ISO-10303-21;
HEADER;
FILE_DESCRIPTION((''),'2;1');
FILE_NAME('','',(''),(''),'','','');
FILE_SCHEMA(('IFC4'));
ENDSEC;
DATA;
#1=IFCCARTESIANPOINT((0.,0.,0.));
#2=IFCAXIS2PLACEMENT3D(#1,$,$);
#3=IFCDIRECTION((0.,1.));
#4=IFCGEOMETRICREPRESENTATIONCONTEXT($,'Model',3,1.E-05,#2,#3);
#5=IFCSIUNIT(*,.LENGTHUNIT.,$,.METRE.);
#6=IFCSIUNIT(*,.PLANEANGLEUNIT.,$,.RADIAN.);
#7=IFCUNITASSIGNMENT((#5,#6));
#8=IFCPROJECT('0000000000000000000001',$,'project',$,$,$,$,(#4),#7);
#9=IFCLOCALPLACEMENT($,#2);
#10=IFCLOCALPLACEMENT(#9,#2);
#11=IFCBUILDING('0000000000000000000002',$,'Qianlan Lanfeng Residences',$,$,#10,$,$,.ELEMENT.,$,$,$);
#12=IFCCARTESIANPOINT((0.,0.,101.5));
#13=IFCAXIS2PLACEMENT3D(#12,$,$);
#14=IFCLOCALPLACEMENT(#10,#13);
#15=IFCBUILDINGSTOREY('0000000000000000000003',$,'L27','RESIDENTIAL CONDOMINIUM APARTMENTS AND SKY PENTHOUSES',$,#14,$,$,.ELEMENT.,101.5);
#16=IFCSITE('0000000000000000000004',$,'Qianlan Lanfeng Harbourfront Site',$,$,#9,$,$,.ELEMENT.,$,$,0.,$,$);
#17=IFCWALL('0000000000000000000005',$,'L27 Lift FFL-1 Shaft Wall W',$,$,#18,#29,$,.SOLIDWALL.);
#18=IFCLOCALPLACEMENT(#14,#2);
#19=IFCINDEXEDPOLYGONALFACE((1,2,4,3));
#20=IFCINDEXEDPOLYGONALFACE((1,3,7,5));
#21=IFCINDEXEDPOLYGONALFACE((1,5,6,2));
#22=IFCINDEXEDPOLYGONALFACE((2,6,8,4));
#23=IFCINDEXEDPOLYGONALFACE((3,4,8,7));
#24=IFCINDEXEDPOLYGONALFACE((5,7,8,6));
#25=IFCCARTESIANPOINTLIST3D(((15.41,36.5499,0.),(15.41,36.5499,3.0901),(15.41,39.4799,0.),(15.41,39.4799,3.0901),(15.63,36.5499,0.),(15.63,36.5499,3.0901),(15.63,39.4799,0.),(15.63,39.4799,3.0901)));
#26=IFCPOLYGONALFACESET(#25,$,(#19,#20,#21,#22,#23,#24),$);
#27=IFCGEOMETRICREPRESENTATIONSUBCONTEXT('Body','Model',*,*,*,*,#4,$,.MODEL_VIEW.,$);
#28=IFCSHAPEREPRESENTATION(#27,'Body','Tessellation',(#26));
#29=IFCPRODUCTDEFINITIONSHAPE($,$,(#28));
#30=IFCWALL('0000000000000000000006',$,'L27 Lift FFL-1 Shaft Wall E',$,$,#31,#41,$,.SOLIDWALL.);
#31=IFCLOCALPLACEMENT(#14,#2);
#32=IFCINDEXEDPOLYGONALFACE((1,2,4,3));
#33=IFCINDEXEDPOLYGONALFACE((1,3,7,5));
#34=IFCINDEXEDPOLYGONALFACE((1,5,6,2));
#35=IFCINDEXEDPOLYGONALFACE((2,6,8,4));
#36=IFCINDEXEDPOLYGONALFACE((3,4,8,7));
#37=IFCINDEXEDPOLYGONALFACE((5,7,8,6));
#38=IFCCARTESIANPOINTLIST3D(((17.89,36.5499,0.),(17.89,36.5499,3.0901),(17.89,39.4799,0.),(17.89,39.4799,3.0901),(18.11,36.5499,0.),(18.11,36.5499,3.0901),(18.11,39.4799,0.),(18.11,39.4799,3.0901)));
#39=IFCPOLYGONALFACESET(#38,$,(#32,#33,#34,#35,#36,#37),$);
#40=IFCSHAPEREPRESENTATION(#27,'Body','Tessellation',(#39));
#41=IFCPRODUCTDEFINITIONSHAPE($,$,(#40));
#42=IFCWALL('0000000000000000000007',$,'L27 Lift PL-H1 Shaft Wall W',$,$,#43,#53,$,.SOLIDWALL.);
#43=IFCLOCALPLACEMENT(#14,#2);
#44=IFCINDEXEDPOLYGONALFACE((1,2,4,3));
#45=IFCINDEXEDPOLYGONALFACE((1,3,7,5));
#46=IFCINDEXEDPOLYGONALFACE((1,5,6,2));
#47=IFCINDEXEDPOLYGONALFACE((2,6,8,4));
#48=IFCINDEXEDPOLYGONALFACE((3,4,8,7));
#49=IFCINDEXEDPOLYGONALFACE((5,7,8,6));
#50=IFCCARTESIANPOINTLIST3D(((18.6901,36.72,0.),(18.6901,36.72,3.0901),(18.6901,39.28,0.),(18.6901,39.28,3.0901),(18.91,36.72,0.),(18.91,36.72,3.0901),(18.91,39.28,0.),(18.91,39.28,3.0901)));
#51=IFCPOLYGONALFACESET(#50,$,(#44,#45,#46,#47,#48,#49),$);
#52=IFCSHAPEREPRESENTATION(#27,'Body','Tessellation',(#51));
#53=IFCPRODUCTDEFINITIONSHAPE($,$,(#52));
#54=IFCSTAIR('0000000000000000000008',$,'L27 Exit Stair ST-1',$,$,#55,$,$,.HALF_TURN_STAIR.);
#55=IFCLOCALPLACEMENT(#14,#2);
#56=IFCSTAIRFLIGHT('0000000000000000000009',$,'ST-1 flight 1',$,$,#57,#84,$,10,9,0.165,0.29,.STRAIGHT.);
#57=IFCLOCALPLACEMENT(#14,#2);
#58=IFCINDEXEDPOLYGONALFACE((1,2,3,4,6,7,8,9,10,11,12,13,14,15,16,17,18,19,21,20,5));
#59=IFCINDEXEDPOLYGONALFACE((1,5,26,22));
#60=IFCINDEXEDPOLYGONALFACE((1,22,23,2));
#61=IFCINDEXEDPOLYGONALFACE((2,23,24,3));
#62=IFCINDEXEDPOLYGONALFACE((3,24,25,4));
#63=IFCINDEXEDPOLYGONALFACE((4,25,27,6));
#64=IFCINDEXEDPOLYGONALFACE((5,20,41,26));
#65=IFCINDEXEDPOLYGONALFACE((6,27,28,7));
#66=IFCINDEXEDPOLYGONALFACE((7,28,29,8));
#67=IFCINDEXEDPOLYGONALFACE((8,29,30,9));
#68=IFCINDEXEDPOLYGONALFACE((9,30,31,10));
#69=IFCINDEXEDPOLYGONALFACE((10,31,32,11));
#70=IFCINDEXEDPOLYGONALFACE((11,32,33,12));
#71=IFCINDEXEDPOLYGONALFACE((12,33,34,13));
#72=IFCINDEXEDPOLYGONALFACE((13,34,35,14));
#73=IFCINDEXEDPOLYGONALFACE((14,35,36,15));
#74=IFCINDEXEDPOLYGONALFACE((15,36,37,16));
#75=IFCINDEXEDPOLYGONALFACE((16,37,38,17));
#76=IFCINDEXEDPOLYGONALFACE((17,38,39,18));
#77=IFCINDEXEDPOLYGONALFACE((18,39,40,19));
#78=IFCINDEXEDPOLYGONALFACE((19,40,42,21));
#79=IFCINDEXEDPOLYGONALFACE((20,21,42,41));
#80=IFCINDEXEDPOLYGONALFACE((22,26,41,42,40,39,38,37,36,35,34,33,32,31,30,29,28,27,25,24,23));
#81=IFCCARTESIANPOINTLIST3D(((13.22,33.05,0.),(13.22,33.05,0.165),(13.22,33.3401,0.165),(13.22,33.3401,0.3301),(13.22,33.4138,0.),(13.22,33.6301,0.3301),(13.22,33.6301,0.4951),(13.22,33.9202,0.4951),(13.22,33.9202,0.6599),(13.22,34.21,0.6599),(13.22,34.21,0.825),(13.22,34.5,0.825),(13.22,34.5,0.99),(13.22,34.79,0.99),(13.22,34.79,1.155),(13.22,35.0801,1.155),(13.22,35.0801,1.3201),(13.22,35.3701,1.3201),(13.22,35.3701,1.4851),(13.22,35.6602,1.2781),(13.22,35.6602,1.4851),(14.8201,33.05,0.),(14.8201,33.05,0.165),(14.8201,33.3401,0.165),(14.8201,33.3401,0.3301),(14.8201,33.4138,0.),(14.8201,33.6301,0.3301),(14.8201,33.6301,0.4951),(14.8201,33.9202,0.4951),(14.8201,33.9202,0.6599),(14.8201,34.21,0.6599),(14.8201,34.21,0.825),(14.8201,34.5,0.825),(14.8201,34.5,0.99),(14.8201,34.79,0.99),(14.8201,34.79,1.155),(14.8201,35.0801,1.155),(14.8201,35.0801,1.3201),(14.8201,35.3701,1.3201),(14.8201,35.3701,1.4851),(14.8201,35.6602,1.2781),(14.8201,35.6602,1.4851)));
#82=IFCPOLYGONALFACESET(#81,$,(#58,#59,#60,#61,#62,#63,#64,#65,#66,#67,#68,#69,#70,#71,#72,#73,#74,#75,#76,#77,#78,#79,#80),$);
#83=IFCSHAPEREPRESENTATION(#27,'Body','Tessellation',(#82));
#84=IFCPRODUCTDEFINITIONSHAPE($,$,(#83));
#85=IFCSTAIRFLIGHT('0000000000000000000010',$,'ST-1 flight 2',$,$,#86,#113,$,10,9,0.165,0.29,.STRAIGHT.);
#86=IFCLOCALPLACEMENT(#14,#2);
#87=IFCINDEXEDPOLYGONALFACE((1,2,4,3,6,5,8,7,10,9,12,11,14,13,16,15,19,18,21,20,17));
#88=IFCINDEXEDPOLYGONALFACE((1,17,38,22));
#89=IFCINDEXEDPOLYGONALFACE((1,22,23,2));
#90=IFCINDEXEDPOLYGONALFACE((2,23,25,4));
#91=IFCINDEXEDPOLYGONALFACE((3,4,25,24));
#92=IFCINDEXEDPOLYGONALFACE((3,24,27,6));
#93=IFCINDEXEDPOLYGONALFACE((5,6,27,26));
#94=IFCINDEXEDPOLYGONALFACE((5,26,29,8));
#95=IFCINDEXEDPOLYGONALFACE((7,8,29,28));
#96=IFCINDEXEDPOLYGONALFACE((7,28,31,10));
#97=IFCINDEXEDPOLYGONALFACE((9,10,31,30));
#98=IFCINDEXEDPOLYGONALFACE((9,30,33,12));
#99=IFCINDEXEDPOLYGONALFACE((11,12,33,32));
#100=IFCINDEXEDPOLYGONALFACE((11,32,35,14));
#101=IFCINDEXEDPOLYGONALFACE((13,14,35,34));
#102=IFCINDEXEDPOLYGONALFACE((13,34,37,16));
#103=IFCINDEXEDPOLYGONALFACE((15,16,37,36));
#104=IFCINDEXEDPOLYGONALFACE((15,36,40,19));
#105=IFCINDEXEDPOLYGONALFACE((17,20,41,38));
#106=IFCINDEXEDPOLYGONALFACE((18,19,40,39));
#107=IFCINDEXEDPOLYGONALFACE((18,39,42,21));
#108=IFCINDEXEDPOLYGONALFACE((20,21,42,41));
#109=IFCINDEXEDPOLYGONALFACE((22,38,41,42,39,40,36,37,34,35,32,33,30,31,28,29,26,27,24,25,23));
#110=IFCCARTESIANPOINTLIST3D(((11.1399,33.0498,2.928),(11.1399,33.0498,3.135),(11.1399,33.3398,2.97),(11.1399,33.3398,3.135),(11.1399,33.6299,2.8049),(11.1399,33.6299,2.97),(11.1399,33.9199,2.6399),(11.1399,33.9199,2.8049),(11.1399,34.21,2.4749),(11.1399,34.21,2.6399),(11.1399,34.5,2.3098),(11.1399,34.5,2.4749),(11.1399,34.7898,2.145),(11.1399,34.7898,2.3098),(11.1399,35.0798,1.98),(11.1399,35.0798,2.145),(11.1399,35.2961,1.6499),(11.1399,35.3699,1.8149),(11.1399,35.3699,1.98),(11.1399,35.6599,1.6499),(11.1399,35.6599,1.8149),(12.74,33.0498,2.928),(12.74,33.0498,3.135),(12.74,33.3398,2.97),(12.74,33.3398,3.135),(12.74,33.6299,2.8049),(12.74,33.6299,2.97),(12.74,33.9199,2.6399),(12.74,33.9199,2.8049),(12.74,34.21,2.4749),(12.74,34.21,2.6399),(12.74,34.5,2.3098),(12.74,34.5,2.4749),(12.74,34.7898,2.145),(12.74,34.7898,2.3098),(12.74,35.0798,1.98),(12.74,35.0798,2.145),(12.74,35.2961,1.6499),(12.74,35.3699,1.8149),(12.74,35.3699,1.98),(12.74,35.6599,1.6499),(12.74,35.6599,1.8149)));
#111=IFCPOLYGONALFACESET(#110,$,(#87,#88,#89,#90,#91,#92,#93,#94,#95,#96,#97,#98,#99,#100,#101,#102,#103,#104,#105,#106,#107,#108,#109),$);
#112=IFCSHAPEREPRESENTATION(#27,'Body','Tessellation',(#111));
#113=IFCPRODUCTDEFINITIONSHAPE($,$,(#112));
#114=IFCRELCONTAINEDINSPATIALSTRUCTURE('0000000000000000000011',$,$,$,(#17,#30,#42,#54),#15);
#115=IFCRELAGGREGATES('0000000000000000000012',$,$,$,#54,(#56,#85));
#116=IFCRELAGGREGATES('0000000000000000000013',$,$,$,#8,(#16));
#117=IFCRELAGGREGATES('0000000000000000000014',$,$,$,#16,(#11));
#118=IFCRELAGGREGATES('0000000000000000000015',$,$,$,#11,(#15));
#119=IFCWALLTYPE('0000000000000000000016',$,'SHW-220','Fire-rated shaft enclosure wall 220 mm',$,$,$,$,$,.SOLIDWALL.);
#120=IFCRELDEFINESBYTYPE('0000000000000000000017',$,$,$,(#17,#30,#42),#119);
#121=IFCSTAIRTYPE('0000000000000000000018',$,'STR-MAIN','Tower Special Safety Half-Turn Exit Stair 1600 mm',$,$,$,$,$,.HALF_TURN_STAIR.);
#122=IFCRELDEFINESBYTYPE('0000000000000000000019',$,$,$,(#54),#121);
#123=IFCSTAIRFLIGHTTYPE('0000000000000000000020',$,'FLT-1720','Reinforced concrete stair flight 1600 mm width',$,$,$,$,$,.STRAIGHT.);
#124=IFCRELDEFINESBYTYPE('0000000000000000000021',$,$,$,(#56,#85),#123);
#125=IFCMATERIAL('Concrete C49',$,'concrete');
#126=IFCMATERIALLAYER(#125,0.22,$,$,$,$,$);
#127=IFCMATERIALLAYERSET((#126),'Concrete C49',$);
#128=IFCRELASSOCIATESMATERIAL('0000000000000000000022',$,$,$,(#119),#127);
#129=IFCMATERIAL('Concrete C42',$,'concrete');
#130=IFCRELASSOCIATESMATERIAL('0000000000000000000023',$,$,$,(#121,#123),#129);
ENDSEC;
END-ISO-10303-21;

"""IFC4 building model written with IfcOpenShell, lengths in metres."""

from ifc_helpers import new_model, si_unit, direction, frame, frame_2d, origin, place, context, subcontext, project, spatial, polyline, rectangle, outline, extrude, material, layer, layer_set, type_object, element, aggregate, save


model = new_model("IFC4")

# Units and contexts
model_context = context("Model", 3, precision=1e-05, world=origin(), true_north=direction((0.0, 1.0)))
body_context = subcontext(model_context, "Body", "Model", "MODEL_VIEW")
ifc_project = project(units=[si_unit("LENGTHUNIT", "METRE"), si_unit("PLANEANGLEUNIT", "RADIAN")], contexts=[model_context])

# Site, building, storey
site_placement = place(None, origin())
site = spatial("IfcSite", under=ifc_project, at=site_placement, Name="Qianlan Lanfeng Harbourfront Site", CompositionType="ELEMENT", RefElevation=0.0)
building_placement = place(site_placement, origin())
building = spatial("IfcBuilding", under=site, at=building_placement, Name="Qianlan Lanfeng Residences", CompositionType="ELEMENT")
storey_placement = place(building_placement, frame((0.0, 0.0, 101.5)))
storey = spatial("IfcBuildingStorey", under=building, at=storey_placement, Name="L27", Description="RESIDENTIAL CONDOMINIUM APARTMENTS AND SKY PENTHOUSES", CompositionType="ELEMENT", Elevation=101.5)

# Walls
ifc_material_1 = material(Name="Concrete C49", Category="concrete")
ifc_layer_1 = layer(ifc_material_1, 0.22)
ifc_layer_set_1 = layer_set([ifc_layer_1], Name="Concrete C49")
wall_type_1 = type_object("IfcWallType", Name="SHW-220", Description="Fire-rated shaft enclosure wall 220 mm", PredefinedType="SOLIDWALL", material=ifc_layer_set_1)
for number, where, z_axis, x_axis, name in (
    (1, (15.52, 36.55, 0.0), (0.0, 0.0, 1.0), (0.0, 1.0, 0.0), "L27 Lift FFL-1 Shaft Wall W"),
    (2, (18.0, 36.55, 0.0), (0.0, 0.0, 1.0), (0.0, 1.0, 0.0), "L27 Lift FFL-1 Shaft Wall E"),
):
    element("IfcWall", number, at=place(storey_placement, frame(where, z_axis=z_axis, x_axis=x_axis)), inside=storey, type_object=wall_type_1, Name=name, PredefinedType="SOLIDWALL", context=body_context, shape_type="SweptSolid", body=[
        extrude(rectangle(XDim=2.9299, YDim=0.22, at=frame_2d((1.4648, 0.0))), origin(), (0.0, 0.0, 1.0), 3.0901),
    ])
wall_1_placement = place(storey_placement, frame((18.8, 36.72, 0.0), z_axis=(0.0, 0.0, 1.0), x_axis=(0.0, 1.0, 0.0)))
element("IfcWall", 3, at=wall_1_placement, inside=storey, type_object=wall_type_1, Name="L27 Lift PL-H1 Shaft Wall W", PredefinedType="SOLIDWALL", context=body_context, shape_type="SweptSolid", body=[
    extrude(rectangle(XDim=2.5601, YDim=0.22, at=frame_2d((1.28, 0.0))), origin(), (0.0, 0.0, 1.0), 3.0901),
])

# Stair, stair flights
ifc_material_2 = material(Name="Concrete C42", Category="concrete")
stair_type = type_object("IfcStairType", Name="STR-MAIN", Description="Tower Special Safety Half-Turn Exit Stair 1600 mm", PredefinedType="HALF_TURN_STAIR", material=ifc_material_2)
stair_placement = place(storey_placement, origin())
stair = element("IfcStair", 4, at=stair_placement, inside=storey, type_object=stair_type, Name="L27 Exit Stair ST-1", PredefinedType="HALF_TURN_STAIR")
stair_flight_type = type_object("IfcStairFlightType", Name="FLT-1720", Description="Reinforced concrete stair flight 1600 mm width", PredefinedType="STRAIGHT", material=ifc_material_2)
stair_flight_1_placement = place(storey_placement, frame((14.02, 33.05, 0.0), z_axis=(0.0, 0.0, 1.0), x_axis=(0.0, 1.0, 0.0)))
stair_flight_1 = element("IfcStairFlight", 5, at=stair_flight_1_placement, type_object=stair_flight_type, Name="ST-1 flight 1", NumberOfRisers=10, NumberOfTreads=9, PredefinedType="STRAIGHT", RiserHeight=0.165, TreadLength=0.29, context=body_context, shape_type="SweptSolid", body=[
    extrude(outline(polyline([(0.0, 0.0), (0.0, 0.165), (0.29, 0.165), (0.29, 0.3301), (0.5801, 0.3301), (0.5801, 0.4951), (0.8701, 0.4951), (0.8701, 0.6599), (1.1599, 0.6599), (1.1599, 0.825), (1.45, 0.825), (1.45, 0.99), (1.74, 0.99), (1.74, 1.155), (2.03, 1.155), (2.03, 1.3201), (2.3201, 1.3201), (2.3201, 1.4851), (2.6101, 1.4851), (2.6101, 1.6499), (2.6101, 1.2781), (0.3638, 0.0), (0.0, 0.0)])), frame((0.0, 0.8, 0.0), z_axis=(0.0, -1.0, 0.0), x_axis=(1.0, 0.0, 0.0)), (0.0, 0.0, 1.0), 1.6001),
])
stair_flight_2_placement = place(storey_placement, frame((11.9399, 35.6599, 1.6499), z_axis=(0.0, 0.0, 1.0), x_axis=(0.0, -1.0, 0.0)))
stair_flight_2 = element("IfcStairFlight", 6, at=stair_flight_2_placement, type_object=stair_flight_type, Name="ST-1 flight 2", NumberOfRisers=10, NumberOfTreads=9, PredefinedType="STRAIGHT", RiserHeight=0.165, TreadLength=0.29, context=body_context, shape_type="SweptSolid", body=[
    extrude(outline(polyline([(0.0, 0.0), (0.0, 0.165), (0.29, 0.165), (0.29, 0.3301), (0.5801, 0.3301), (0.5801, 0.4951), (0.8701, 0.4951), (0.8701, 0.6599), (1.1599, 0.6599), (1.1599, 0.825), (1.45, 0.825), (1.45, 0.99), (1.74, 0.99), (1.74, 1.155), (2.03, 1.155), (2.03, 1.3201), (2.3201, 1.3201), (2.3201, 1.4851), (2.6101, 1.4851), (2.6101, 1.6499), (2.6101, 1.2781), (0.3638, 0.0), (0.0, 0.0)])), frame((0.0, 0.8, 0.0), z_axis=(0.0, -1.0, 0.0), x_axis=(1.0, 0.0, 0.0)), (0.0, 0.0, 1.0), 1.6001),
])
aggregate(stair, [stair_flight_1, stair_flight_2])

save(model, "model.ifc")
